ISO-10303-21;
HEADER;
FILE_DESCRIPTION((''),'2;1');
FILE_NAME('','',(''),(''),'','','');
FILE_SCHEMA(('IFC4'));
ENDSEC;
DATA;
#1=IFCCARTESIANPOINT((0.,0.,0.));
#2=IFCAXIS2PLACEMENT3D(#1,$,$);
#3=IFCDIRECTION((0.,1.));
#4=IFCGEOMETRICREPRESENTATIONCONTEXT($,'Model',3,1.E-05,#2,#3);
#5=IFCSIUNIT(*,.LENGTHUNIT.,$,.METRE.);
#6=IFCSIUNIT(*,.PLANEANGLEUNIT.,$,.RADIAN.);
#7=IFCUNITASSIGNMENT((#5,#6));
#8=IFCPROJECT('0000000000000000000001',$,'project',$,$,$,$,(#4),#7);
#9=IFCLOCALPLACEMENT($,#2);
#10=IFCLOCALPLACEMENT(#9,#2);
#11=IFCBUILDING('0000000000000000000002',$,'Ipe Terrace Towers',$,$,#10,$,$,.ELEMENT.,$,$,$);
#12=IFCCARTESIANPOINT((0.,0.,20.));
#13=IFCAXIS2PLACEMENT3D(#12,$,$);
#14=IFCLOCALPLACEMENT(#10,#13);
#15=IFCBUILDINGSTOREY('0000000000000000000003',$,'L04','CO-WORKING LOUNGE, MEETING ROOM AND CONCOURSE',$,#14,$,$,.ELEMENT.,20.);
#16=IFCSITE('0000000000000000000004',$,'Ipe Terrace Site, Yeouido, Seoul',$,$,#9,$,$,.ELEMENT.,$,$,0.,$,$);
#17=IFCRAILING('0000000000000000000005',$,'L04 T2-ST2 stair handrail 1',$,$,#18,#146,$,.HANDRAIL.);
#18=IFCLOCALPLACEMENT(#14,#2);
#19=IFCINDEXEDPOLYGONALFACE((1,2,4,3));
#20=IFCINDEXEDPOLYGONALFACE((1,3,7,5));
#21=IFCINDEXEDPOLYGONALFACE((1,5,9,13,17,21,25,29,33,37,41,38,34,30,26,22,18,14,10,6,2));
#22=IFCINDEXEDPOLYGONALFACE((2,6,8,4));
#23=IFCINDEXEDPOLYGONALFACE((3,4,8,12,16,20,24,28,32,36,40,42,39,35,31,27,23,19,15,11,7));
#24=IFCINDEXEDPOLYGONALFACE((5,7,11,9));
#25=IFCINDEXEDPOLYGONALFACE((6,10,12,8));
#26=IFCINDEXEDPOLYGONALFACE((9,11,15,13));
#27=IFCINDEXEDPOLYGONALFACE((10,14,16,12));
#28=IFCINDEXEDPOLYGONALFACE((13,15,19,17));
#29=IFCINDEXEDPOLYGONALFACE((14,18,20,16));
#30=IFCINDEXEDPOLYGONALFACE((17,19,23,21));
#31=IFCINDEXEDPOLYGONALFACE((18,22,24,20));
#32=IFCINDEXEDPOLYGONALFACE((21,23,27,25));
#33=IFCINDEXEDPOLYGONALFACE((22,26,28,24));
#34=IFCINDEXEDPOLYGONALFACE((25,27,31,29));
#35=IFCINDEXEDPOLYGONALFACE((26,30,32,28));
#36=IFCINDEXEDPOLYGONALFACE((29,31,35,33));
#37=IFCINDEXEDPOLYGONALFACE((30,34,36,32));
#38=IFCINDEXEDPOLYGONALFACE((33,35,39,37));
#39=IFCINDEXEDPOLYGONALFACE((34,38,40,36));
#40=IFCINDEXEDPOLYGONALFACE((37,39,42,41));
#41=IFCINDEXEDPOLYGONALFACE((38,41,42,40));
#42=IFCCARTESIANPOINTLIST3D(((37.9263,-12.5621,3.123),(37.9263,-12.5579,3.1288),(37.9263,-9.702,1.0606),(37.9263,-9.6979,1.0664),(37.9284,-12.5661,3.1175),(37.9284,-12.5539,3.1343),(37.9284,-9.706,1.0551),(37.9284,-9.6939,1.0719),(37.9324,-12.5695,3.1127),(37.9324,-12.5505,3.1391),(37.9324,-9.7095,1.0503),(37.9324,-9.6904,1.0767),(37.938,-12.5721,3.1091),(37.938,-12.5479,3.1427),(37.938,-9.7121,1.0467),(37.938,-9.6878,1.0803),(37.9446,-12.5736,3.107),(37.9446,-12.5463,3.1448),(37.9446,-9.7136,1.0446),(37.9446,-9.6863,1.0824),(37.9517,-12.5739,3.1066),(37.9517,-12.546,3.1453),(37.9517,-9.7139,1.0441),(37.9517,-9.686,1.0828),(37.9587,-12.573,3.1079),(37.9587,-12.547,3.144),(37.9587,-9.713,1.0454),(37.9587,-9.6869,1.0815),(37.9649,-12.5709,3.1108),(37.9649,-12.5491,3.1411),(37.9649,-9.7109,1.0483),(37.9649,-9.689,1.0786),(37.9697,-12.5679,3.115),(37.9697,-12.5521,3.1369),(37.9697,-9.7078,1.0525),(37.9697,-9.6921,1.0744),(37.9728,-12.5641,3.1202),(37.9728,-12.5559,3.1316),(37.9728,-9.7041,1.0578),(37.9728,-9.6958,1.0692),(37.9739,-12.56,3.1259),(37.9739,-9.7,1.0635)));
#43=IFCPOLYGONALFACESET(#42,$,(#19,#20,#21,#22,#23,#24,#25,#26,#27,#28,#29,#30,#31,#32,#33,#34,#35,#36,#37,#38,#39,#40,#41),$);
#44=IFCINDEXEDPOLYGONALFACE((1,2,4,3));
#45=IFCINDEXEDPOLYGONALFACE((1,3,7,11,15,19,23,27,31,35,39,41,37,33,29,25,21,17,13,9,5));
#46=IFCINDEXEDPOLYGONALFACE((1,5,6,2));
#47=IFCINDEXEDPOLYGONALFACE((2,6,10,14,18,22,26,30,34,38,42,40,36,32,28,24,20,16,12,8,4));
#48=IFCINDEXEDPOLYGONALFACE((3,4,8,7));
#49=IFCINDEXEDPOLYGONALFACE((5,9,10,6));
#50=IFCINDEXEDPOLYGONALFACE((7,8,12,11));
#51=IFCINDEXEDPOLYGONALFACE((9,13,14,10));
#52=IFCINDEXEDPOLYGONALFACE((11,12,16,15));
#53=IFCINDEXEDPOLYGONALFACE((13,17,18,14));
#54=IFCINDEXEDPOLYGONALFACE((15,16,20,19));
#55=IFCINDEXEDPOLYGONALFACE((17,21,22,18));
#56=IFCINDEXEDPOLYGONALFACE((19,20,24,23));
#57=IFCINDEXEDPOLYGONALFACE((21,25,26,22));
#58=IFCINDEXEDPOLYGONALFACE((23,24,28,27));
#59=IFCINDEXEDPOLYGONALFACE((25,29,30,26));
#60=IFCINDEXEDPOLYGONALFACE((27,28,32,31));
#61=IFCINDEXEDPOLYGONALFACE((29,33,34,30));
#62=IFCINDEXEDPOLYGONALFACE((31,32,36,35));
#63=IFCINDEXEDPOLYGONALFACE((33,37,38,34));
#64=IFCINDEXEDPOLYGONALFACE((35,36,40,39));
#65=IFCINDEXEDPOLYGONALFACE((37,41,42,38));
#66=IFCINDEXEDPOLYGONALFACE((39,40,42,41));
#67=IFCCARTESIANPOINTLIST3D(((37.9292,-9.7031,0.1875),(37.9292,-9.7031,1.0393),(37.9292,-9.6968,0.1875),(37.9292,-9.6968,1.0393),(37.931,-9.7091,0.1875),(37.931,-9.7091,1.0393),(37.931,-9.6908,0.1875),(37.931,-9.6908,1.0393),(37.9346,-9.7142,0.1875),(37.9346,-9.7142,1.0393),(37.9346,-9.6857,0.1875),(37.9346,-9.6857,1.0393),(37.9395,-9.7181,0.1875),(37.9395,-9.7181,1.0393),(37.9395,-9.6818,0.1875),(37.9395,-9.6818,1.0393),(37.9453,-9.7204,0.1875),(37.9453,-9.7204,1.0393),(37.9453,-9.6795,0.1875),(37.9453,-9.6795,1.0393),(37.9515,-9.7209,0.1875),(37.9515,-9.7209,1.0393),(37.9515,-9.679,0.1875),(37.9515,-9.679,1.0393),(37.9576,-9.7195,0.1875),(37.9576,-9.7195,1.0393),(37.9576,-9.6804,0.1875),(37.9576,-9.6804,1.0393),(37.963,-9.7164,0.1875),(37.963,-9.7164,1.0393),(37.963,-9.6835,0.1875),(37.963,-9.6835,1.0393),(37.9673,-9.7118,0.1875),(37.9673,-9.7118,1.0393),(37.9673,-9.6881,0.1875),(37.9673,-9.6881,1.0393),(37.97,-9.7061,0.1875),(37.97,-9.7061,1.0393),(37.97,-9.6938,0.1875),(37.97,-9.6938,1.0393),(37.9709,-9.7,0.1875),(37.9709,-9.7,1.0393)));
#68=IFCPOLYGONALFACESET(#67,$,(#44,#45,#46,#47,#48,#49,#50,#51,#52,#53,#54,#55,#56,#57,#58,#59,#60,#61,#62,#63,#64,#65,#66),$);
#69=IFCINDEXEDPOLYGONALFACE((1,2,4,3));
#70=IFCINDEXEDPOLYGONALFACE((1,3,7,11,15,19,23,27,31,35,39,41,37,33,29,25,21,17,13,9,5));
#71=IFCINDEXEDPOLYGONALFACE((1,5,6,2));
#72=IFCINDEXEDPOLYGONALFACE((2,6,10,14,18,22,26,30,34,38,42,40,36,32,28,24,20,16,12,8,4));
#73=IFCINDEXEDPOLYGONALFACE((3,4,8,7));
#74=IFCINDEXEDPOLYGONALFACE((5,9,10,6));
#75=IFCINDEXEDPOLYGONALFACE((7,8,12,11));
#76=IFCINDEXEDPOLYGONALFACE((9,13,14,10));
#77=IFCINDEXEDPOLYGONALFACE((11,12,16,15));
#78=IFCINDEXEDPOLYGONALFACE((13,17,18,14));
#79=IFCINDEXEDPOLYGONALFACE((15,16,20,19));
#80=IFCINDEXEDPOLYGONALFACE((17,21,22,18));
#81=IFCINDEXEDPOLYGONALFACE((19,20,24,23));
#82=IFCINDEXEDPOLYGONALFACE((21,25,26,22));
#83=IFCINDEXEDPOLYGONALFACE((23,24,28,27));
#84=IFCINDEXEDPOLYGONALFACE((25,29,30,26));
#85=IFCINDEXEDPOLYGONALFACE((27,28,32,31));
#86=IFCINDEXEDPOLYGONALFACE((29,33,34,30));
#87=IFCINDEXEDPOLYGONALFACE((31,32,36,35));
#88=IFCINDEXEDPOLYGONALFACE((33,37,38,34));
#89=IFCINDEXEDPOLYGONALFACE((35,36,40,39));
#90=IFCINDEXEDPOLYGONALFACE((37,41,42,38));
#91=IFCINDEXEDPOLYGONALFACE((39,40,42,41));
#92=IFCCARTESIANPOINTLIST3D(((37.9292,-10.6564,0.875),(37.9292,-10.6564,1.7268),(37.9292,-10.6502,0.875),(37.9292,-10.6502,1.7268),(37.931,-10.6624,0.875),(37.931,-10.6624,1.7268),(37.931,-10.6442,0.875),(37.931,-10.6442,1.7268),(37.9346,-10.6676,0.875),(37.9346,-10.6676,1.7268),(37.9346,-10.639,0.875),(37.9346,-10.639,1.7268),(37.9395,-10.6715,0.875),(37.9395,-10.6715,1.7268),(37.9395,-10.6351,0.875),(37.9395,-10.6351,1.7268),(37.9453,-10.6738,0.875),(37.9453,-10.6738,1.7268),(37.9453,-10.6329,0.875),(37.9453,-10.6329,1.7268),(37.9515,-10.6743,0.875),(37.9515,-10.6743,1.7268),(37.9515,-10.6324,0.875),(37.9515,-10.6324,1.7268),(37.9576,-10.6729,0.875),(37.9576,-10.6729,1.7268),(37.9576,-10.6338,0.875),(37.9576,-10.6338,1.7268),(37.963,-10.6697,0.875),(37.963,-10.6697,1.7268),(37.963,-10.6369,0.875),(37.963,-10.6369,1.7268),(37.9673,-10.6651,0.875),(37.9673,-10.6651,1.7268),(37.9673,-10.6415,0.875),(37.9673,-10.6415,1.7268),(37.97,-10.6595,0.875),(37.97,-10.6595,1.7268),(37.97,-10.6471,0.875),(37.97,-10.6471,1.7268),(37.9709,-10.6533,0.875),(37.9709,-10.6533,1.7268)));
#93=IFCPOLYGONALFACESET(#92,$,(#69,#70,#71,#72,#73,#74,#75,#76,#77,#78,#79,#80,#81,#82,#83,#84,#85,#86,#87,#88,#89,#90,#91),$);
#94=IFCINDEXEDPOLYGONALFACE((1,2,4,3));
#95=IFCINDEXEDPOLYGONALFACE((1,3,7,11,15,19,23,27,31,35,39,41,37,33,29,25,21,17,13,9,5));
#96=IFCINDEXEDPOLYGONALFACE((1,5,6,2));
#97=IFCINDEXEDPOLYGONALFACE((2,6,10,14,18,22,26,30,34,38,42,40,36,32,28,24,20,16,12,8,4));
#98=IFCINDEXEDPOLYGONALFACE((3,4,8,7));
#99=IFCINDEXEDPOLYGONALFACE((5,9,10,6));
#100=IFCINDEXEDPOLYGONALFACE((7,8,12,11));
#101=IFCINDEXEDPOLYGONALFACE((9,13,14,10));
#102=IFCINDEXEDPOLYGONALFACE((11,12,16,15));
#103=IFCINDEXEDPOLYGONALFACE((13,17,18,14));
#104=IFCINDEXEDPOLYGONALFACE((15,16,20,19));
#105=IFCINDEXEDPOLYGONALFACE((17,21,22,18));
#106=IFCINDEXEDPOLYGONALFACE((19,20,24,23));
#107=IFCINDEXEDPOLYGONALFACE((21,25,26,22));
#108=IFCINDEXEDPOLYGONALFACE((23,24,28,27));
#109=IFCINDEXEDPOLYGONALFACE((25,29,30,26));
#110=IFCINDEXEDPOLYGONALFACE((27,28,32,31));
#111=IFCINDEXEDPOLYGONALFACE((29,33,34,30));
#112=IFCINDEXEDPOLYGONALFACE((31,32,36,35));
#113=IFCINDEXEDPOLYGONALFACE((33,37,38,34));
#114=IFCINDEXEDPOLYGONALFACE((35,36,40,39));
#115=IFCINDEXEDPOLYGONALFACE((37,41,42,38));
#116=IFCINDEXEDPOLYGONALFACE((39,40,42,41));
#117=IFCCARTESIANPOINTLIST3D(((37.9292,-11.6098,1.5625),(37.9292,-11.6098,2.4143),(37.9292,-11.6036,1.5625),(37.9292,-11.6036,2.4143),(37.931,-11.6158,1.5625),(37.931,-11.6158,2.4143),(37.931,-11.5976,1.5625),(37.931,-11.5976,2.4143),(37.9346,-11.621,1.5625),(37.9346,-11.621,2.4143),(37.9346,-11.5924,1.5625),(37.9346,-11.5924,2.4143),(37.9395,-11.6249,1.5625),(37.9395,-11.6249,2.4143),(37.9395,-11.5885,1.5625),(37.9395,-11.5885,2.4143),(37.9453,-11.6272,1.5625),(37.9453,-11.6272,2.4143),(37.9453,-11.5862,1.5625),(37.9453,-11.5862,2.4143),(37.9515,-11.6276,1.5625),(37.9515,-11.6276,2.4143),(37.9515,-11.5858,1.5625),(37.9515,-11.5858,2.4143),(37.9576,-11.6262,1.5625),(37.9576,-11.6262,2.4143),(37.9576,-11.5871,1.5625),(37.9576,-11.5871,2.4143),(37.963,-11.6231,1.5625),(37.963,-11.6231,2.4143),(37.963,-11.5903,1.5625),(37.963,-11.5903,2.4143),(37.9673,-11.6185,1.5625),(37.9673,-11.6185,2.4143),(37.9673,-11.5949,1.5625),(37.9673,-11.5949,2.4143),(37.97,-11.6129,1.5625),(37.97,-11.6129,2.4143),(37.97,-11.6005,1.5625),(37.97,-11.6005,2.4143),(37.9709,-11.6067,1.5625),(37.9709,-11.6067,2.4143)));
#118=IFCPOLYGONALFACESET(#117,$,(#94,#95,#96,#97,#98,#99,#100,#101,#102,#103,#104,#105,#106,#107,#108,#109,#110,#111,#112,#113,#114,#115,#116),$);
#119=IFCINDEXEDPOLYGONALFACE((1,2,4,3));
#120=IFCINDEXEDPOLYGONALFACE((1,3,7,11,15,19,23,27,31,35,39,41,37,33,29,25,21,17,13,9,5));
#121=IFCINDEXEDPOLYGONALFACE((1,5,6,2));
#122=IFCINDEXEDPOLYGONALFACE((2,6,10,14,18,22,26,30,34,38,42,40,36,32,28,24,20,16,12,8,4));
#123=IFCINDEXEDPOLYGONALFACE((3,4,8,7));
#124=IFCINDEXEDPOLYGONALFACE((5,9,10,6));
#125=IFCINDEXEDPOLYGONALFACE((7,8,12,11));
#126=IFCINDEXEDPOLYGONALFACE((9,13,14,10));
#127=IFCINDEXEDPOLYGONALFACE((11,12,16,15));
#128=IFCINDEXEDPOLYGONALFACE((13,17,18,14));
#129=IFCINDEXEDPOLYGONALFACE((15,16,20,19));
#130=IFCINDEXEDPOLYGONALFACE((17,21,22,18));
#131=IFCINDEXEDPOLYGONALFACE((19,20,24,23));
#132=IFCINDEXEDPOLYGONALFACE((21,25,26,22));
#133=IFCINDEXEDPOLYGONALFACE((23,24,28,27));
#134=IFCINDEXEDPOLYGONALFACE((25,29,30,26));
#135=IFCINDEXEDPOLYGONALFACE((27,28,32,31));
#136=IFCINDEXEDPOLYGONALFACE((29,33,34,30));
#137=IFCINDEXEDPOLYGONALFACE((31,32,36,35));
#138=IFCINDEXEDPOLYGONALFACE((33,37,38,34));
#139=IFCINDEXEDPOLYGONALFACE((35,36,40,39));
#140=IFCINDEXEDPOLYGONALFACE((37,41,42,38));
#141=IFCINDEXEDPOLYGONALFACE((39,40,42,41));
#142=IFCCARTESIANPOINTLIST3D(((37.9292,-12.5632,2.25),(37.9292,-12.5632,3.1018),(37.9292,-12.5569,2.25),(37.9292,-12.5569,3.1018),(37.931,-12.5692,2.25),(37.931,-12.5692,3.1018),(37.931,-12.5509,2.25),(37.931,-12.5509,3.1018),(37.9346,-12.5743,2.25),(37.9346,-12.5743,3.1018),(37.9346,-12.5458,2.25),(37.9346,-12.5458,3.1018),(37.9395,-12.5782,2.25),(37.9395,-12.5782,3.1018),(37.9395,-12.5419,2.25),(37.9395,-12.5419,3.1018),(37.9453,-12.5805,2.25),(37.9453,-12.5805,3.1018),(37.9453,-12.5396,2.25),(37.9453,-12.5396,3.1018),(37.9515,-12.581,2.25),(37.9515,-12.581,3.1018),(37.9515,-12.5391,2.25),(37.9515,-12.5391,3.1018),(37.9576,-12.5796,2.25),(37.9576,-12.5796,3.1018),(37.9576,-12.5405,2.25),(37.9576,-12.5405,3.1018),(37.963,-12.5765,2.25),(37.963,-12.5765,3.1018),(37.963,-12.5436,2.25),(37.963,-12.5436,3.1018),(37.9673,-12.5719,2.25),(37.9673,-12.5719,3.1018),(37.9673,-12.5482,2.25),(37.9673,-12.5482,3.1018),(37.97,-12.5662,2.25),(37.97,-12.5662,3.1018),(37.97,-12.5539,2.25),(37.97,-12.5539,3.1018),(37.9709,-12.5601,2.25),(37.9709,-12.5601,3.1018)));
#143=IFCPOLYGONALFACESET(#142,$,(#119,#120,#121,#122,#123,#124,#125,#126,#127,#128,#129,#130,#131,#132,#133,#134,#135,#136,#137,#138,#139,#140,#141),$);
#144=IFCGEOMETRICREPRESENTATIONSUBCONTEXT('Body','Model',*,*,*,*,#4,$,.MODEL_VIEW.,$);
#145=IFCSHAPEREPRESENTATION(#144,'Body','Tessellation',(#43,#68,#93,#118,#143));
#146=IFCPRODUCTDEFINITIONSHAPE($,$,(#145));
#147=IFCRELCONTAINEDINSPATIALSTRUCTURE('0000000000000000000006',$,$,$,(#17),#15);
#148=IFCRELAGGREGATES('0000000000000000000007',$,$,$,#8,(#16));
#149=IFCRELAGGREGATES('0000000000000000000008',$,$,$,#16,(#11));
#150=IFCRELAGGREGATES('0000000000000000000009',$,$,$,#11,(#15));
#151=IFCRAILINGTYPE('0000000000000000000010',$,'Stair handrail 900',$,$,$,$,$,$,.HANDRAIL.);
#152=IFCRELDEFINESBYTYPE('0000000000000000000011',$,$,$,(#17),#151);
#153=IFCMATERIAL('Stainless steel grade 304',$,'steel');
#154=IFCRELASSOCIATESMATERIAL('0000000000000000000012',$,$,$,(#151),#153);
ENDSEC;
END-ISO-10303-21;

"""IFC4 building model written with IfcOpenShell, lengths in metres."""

from ifc_helpers import new_model, si_unit, direction, frame, origin, origin_2d, place, context, subcontext, project, spatial, circle, extrude, material, type_object, element, save


model = new_model("IFC4")

# Units and contexts
model_context = context("Model", 3, precision=1e-05, world=origin(), true_north=direction((0.0, 1.0)))
body_context = subcontext(model_context, "Body", "Model", "MODEL_VIEW")
ifc_project = project(units=[si_unit("LENGTHUNIT", "METRE"), si_unit("PLANEANGLEUNIT", "RADIAN")], contexts=[model_context])

# Site, building, storey
site_placement = place(None, origin())
site = spatial("IfcSite", under=ifc_project, at=site_placement, Name="Ipe Terrace Site, Yeouido, Seoul", CompositionType="ELEMENT", RefElevation=0.0)
building_placement = place(site_placement, origin())
building = spatial("IfcBuilding", under=site, at=building_placement, Name="Ipe Terrace Towers", CompositionType="ELEMENT")
storey_placement = place(building_placement, frame((0.0, 0.0, 20.0)))
storey = spatial("IfcBuildingStorey", under=building, at=storey_placement, Name="L04", Description="CO-WORKING LOUNGE, MEETING ROOM AND CONCOURSE", CompositionType="ELEMENT", Elevation=20.0)

# Railing
ifc_material_1 = material(Name="Stainless steel grade 304", Category="steel")
railing_type_1 = type_object("IfcRailingType", Name="Stair handrail 900", PredefinedType="HANDRAIL", material=ifc_material_1)
railing_1_placement = place(storey_placement, frame((37.95, -9.7, 0.1875)))
element("IfcRailing", 1, at=railing_1_placement, inside=storey, type_object=railing_type_1, Name="L04 T2-ST2 stair handrail 1", PredefinedType="HANDRAIL", context=body_context, shape_type="SweptSolid", body=[
    extrude(circle(Radius=0.0239, at=origin_2d()), frame((0.0, 0.0, 0.876), z_axis=(0.0, -0.811101, 0.584906), x_axis=(1.0, 0.0, 0.0)), (0.0, 0.0, 1.0), 3.5261),
    extrude(circle(Radius=0.021, at=origin_2d()), origin(), (0.0, 0.0, 1.0), 0.8518),
    extrude(circle(Radius=0.021, at=origin_2d()), frame((0.0, -0.9534, 0.6875)), (0.0, 0.0, 1.0), 0.8518),
    extrude(circle(Radius=0.021, at=origin_2d()), frame((0.0, -1.9067, 1.375)), (0.0, 0.0, 1.0), 0.8518),
    extrude(circle(Radius=0.021, at=origin_2d()), frame((0.0, -2.8601, 2.0625)), (0.0, 0.0, 1.0), 0.8518),
])

save(model, "model.ifc")
